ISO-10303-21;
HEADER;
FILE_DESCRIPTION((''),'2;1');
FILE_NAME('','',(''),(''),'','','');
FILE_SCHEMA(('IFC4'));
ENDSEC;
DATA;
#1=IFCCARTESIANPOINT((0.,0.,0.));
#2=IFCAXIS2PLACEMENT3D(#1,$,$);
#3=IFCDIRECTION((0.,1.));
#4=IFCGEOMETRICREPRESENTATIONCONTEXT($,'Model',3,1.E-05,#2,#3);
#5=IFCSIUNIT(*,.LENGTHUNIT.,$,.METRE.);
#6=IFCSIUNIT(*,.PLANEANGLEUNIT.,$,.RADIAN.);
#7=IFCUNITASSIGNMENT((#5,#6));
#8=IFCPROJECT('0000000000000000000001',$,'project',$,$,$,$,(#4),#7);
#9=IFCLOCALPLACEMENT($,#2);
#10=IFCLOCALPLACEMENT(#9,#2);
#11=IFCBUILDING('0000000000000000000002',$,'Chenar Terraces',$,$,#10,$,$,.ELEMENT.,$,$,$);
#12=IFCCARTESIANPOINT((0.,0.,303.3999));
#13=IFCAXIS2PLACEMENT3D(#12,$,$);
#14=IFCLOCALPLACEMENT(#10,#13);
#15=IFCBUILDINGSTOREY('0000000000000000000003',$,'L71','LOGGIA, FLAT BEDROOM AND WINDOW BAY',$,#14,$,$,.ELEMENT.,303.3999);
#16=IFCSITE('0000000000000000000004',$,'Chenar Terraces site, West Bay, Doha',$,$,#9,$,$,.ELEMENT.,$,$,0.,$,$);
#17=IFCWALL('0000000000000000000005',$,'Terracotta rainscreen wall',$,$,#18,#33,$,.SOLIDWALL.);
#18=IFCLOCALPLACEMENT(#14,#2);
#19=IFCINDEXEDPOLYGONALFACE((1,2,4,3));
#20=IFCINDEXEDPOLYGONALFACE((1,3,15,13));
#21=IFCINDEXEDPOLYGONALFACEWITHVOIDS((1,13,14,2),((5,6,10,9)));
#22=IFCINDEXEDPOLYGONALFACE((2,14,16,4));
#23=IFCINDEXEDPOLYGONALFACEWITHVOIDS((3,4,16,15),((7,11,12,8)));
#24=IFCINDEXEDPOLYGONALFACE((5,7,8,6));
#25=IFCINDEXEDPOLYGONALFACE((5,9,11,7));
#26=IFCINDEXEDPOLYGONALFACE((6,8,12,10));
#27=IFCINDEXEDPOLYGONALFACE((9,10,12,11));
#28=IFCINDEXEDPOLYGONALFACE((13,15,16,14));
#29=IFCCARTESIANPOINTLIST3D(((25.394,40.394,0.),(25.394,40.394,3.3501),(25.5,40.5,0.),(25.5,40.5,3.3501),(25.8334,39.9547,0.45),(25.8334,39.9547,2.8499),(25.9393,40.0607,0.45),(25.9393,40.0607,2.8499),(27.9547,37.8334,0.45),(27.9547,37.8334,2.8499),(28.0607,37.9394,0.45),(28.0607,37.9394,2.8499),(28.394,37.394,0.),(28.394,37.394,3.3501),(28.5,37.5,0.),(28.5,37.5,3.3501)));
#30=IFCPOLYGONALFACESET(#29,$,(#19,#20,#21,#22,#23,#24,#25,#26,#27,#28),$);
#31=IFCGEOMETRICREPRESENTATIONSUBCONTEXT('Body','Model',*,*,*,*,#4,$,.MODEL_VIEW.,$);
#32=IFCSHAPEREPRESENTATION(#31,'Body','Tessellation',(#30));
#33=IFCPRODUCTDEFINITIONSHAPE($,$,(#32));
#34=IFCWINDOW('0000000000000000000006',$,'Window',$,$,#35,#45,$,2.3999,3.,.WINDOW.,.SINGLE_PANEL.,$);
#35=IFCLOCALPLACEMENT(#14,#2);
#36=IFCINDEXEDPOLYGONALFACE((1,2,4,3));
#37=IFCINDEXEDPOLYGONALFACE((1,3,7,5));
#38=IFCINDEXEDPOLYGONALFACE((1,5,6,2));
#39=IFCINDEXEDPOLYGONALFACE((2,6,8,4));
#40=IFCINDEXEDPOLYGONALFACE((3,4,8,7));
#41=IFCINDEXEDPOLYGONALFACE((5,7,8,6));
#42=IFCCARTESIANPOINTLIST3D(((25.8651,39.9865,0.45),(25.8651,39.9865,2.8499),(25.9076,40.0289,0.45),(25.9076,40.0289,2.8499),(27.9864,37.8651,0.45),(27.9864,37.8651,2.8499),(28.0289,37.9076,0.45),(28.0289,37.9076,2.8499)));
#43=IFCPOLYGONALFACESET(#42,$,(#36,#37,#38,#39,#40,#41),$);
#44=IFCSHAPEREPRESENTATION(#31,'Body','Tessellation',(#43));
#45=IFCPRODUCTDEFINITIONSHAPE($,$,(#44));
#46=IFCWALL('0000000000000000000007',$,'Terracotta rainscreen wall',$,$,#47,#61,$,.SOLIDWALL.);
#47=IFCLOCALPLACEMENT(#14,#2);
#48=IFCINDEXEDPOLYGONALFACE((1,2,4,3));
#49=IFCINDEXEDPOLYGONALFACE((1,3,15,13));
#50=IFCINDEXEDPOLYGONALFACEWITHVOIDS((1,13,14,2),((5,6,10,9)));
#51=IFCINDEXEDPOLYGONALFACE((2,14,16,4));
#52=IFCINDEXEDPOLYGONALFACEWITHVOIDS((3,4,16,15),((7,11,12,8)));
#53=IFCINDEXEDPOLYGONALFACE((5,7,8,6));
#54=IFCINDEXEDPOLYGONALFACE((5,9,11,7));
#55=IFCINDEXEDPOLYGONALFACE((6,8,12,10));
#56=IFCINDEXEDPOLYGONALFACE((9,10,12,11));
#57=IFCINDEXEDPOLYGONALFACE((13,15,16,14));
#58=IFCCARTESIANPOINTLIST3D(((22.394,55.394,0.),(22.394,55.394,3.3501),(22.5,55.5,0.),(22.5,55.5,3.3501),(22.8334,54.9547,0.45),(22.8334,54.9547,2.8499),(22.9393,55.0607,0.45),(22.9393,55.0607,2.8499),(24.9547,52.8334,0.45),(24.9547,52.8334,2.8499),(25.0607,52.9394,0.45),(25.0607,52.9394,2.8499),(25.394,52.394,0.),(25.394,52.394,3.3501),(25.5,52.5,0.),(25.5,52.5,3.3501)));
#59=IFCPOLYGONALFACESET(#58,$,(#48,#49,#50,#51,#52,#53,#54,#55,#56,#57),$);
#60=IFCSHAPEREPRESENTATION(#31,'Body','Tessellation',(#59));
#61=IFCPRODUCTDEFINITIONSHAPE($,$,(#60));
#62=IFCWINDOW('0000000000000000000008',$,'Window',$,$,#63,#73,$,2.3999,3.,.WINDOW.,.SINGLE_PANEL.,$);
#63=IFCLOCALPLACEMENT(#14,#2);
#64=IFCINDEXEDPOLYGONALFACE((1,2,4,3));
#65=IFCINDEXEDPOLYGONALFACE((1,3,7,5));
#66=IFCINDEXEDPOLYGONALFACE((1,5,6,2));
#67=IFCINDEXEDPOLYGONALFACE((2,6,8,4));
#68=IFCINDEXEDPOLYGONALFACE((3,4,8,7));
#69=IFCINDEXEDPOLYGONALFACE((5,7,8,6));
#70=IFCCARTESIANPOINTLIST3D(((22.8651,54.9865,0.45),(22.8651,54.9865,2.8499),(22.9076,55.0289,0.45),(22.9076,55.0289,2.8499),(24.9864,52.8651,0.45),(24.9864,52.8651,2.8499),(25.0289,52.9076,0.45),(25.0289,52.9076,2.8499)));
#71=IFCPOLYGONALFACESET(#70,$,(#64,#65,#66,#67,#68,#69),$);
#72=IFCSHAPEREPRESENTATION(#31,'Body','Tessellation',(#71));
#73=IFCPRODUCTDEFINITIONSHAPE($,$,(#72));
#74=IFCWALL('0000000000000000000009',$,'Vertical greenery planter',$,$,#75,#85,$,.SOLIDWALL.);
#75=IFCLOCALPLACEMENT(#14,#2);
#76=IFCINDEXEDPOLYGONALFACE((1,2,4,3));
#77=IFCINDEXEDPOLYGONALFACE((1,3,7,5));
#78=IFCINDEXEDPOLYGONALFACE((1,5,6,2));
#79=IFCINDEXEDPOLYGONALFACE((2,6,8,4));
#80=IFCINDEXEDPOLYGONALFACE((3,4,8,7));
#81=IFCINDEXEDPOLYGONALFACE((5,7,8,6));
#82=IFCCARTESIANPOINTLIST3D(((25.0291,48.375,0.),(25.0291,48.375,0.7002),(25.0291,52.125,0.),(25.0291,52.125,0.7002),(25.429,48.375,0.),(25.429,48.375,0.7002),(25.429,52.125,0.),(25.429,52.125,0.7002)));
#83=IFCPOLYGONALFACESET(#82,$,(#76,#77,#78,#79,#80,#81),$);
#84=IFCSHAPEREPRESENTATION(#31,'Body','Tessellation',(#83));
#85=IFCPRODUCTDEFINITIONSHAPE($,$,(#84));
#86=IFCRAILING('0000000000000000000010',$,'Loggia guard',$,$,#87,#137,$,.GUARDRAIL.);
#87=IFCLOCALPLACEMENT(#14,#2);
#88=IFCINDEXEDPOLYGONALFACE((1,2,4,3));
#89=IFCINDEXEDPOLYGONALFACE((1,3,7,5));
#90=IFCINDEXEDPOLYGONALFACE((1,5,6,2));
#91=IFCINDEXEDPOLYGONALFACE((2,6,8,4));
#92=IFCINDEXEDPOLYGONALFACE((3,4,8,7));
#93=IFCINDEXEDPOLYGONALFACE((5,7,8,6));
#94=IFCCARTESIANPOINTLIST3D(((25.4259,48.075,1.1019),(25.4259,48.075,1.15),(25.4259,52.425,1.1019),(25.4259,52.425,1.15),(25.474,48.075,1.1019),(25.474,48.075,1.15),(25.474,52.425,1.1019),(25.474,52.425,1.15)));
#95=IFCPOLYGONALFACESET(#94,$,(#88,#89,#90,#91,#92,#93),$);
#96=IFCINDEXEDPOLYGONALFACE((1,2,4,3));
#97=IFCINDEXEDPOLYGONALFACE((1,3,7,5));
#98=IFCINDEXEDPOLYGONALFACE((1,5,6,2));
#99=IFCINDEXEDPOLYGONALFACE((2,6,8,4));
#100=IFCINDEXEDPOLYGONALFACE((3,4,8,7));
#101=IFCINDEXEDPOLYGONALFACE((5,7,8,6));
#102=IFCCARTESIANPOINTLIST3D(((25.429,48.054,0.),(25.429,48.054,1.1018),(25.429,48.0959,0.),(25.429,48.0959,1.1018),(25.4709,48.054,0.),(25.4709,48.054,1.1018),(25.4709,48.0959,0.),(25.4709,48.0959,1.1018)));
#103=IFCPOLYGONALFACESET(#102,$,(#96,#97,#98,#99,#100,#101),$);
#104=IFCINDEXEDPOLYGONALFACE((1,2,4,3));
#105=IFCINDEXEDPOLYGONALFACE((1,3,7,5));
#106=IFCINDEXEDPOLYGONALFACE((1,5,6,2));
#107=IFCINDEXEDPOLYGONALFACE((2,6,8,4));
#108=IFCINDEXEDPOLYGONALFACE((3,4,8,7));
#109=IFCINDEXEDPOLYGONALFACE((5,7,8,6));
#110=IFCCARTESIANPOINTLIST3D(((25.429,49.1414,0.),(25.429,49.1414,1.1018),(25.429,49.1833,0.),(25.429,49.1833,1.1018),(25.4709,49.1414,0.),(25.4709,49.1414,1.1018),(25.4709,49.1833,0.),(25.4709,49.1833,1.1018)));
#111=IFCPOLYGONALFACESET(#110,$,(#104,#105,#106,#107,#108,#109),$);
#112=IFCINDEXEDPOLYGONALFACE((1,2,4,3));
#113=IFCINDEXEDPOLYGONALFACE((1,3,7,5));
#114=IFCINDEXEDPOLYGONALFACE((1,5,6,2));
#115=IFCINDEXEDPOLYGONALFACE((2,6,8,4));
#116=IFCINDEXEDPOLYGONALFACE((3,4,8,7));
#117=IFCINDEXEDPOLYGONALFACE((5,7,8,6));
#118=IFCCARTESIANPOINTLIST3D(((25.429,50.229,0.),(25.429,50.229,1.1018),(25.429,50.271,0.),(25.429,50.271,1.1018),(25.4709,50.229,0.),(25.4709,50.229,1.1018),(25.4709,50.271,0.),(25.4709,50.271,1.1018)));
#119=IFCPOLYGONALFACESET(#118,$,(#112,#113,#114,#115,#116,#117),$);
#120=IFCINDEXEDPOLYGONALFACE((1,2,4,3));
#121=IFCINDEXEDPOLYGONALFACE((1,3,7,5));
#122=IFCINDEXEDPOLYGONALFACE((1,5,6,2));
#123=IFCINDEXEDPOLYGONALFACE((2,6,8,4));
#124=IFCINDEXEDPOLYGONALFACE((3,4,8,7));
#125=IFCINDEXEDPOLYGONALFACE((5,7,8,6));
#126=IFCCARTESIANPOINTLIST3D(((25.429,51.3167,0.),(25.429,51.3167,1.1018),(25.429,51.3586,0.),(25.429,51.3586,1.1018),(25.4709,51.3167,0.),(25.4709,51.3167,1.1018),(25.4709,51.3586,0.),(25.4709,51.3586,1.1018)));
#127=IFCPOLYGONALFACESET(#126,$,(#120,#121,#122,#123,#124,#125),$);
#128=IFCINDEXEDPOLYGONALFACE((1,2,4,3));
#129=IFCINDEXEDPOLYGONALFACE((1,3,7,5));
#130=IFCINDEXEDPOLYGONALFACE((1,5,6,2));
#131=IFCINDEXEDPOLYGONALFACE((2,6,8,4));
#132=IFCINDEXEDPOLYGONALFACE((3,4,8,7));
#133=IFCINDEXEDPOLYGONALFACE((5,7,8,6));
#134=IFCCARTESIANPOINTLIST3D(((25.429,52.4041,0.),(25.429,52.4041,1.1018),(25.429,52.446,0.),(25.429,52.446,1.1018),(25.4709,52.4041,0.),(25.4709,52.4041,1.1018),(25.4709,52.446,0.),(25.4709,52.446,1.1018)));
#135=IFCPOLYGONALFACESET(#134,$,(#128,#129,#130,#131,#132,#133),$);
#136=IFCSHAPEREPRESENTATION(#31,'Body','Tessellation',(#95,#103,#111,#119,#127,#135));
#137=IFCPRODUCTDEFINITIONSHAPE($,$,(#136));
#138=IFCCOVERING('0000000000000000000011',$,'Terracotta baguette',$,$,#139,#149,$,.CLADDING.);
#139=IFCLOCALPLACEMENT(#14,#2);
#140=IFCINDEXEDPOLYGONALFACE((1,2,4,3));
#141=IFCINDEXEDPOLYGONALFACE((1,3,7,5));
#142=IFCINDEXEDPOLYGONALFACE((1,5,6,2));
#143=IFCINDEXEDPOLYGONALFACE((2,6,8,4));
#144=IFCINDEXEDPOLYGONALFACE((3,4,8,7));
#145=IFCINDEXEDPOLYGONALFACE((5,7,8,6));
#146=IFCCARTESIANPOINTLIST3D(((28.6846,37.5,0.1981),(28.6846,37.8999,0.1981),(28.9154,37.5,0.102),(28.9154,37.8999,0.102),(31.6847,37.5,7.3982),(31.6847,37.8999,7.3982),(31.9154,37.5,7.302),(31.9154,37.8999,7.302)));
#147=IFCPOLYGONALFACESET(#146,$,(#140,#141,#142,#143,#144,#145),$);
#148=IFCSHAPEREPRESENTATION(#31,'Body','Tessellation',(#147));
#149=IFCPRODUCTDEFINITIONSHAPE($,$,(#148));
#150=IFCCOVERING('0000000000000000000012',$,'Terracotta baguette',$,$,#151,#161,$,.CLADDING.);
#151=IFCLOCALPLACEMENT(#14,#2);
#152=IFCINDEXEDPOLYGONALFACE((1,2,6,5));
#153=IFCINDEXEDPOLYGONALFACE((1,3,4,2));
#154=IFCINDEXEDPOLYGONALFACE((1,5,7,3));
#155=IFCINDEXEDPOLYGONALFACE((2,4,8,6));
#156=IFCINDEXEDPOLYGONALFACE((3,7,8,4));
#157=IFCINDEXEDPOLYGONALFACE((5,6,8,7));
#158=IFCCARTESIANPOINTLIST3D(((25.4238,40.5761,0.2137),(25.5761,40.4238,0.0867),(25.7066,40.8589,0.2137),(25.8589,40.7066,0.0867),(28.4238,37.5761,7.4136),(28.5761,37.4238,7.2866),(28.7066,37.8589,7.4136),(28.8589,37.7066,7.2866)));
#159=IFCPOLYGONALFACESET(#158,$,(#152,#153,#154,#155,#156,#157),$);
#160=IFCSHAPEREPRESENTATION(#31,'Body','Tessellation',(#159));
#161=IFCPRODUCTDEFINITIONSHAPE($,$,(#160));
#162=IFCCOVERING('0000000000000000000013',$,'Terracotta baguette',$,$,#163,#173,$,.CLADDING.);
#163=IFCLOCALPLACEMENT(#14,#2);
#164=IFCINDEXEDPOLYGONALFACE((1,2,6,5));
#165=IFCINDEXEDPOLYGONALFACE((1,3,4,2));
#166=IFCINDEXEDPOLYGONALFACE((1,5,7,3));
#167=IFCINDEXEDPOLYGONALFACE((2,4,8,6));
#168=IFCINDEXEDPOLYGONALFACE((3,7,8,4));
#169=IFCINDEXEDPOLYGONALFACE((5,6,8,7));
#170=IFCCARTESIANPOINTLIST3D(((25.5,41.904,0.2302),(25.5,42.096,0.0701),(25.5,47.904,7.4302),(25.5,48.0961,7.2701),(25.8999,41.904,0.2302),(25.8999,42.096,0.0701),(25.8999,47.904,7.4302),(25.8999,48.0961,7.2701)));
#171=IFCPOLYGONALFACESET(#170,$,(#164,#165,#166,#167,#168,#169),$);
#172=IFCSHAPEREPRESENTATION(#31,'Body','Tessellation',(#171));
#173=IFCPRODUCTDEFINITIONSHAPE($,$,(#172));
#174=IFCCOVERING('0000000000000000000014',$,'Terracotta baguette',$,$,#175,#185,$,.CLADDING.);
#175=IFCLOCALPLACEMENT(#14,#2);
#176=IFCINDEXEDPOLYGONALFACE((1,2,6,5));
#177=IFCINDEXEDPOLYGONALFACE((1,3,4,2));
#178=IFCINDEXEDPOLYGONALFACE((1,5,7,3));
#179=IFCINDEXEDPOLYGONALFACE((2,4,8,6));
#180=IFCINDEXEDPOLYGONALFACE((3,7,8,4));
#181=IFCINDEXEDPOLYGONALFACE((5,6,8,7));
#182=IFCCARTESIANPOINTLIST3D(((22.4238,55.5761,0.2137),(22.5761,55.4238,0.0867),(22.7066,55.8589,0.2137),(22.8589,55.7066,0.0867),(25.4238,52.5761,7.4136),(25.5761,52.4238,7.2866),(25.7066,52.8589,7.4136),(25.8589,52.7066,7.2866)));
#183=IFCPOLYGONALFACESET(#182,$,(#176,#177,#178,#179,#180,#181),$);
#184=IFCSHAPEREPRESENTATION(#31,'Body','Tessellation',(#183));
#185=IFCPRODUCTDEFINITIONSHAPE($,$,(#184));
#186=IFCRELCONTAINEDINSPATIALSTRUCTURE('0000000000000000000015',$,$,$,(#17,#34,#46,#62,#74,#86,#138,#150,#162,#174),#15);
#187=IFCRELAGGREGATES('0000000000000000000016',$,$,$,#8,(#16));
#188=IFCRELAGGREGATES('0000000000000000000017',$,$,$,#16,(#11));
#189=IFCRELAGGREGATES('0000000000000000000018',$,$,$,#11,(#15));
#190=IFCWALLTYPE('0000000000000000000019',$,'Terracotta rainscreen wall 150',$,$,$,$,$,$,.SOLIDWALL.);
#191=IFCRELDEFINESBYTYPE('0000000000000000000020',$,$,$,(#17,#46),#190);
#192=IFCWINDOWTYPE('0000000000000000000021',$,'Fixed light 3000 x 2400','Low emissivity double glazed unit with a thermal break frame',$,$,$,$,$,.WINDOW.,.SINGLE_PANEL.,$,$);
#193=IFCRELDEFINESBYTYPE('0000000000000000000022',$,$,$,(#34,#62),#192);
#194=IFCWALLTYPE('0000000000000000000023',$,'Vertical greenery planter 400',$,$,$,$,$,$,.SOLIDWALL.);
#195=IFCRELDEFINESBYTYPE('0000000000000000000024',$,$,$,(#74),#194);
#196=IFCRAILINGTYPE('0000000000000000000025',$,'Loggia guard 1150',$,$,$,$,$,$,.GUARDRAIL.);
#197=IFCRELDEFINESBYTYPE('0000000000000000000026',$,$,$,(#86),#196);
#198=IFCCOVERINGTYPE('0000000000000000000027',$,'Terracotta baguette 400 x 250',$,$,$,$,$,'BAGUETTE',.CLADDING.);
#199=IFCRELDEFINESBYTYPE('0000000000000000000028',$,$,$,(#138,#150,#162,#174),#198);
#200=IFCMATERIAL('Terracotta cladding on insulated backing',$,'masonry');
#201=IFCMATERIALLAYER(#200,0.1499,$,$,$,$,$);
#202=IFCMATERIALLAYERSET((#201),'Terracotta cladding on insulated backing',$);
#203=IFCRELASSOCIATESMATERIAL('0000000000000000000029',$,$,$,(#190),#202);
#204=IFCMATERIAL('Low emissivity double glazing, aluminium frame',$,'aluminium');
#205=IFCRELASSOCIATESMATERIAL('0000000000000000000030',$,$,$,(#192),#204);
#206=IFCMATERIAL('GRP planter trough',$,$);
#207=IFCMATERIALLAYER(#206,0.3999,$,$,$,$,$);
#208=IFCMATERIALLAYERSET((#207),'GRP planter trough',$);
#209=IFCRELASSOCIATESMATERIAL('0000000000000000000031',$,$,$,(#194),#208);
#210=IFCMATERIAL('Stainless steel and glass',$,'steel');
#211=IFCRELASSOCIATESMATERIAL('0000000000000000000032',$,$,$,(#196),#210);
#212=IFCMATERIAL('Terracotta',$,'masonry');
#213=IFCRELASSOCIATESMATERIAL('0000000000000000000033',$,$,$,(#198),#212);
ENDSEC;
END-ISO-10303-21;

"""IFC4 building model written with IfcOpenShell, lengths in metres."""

from ifc_helpers import new_model, si_unit, direction, frame, frame_2d, origin, origin_2d, place, context, subcontext, project, spatial, rectangle, extrude, material, layer, layer_set, material_profile, profile_set, type_object, element, fill, save


model = new_model("IFC4")

# Units and contexts
model_context = context("Model", 3, precision=1e-05, world=origin(), true_north=direction((0.0, 1.0)))
body_context = subcontext(model_context, "Body", "Model", "MODEL_VIEW")
ifc_project = project(units=[si_unit("LENGTHUNIT", "METRE"), si_unit("PLANEANGLEUNIT", "RADIAN")], contexts=[model_context])

# Site, building, storey
site_placement = place(None, origin())
site = spatial("IfcSite", under=ifc_project, at=site_placement, Name="Chenar Terraces site, West Bay, Doha", CompositionType="ELEMENT", RefElevation=0.0)
building_placement = place(site_placement, origin())
building = spatial("IfcBuilding", under=site, at=building_placement, Name="Chenar Terraces", CompositionType="ELEMENT")
storey_placement = place(building_placement, frame((0.0, 0.0, 303.3999)))
storey = spatial("IfcBuildingStorey", under=building, at=storey_placement, Name="L71", Description="LOGGIA, FLAT BEDROOM AND WINDOW BAY", CompositionType="ELEMENT", Elevation=303.3999)

# Walls, openings, windows
ifc_material_1 = material(Name="Terracotta cladding on insulated backing", Category="masonry")
ifc_layer_1 = layer(ifc_material_1, 0.1499)
ifc_layer_set_1 = layer_set([ifc_layer_1], Name="Terracotta cladding on insulated backing")
wall_type_1 = type_object("IfcWallType", Name="Terracotta rainscreen wall 150", PredefinedType="SOLIDWALL", material=ifc_layer_set_1)
wall_1_placement = place(storey_placement, frame((28.447, 37.447, 0.0), z_axis=(0.0, 0.0, 1.0), x_axis=(-0.707107, 0.707107, 0.0)))
wall_1 = element("IfcWall", 1, at=wall_1_placement, inside=storey, type_object=wall_type_1, Name="Terracotta rainscreen wall", PredefinedType="SOLIDWALL", context=body_context, shape_type="SweptSolid", body=[
    extrude(rectangle(XDim=4.2427, YDim=0.1499, at=frame_2d((2.1213, 0.0))), origin(), (0.0, 0.0, 1.0), 3.3501),
])
opening_1_placement = place(wall_1_placement, frame((0.6213, 0.0, 0.45)))
opening_1 = element("IfcOpeningElement", 2, at=opening_1_placement, cuts=wall_1, PredefinedType="OPENING", context=body_context, shape_type="SweptSolid", body=[
    extrude(rectangle(XDim=3.0, YDim=2.3999, at=frame_2d((1.5, 1.2))), frame((0.0, 0.085, 0.0), z_axis=(0.0, -1.0, 0.0), x_axis=(1.0, 0.0, 0.0)), (0.0, 0.0, 1.0), 0.1699),
])
ifc_material_2 = material(Name="Low emissivity double glazing, aluminium frame", Category="aluminium")
window_type_1 = type_object("IfcWindowType", Name="Fixed light 3000 x 2400", Description="Low emissivity double glazed unit with a thermal break frame", PartitioningType="SINGLE_PANEL", PredefinedType="WINDOW", material=ifc_material_2)
window_1_placement = place(opening_1_placement, origin())
window_1 = element("IfcWindow", 3, at=window_1_placement, inside=storey, type_object=window_type_1, Name="Window", OverallHeight=2.3999, OverallWidth=3.0, PartitioningType="SINGLE_PANEL", PredefinedType="WINDOW", context=body_context, shape_type="SweptSolid", body=[
    extrude(rectangle(XDim=3.0, YDim=2.3999, at=frame_2d((1.5, 1.2))), frame((0.0, 0.03, 0.0), z_axis=(0.0, -1.0, 0.0), x_axis=(1.0, 0.0, 0.0)), (0.0, 0.0, 1.0), 0.0601),
])
fill(opening_1, window_1)
wall_2_placement = place(storey_placement, frame((25.447, 52.447, 0.0), z_axis=(0.0, 0.0, 1.0), x_axis=(-0.707107, 0.707107, 0.0)))
wall_2 = element("IfcWall", 4, at=wall_2_placement, inside=storey, type_object=wall_type_1, Name="Terracotta rainscreen wall", PredefinedType="SOLIDWALL", context=body_context, shape_type="SweptSolid", body=[
    extrude(rectangle(XDim=4.2427, YDim=0.1499, at=frame_2d((2.1213, 0.0))), origin(), (0.0, 0.0, 1.0), 3.3501),
])
opening_2_placement = place(wall_2_placement, frame((0.6213, 0.0, 0.45)))
opening_2 = element("IfcOpeningElement", 5, at=opening_2_placement, cuts=wall_2, PredefinedType="OPENING", context=body_context, shape_type="SweptSolid", body=[
    extrude(rectangle(XDim=3.0, YDim=2.3999, at=frame_2d((1.5, 1.2))), frame((0.0, 0.085, 0.0), z_axis=(0.0, -1.0, 0.0), x_axis=(1.0, 0.0, 0.0)), (0.0, 0.0, 1.0), 0.1699),
])
window_2_placement = place(opening_2_placement, origin())
window_2 = element("IfcWindow", 6, at=window_2_placement, inside=storey, type_object=window_type_1, Name="Window", OverallHeight=2.3999, OverallWidth=3.0, PartitioningType="SINGLE_PANEL", PredefinedType="WINDOW", context=body_context, shape_type="SweptSolid", body=[
    extrude(rectangle(XDim=3.0, YDim=2.3999, at=frame_2d((1.5, 1.2))), frame((0.0, 0.03, 0.0), z_axis=(0.0, -1.0, 0.0), x_axis=(1.0, 0.0, 0.0)), (0.0, 0.0, 1.0), 0.0601),
])
fill(opening_2, window_2)

# Wall
ifc_material_3 = material(Name="GRP planter trough")
ifc_layer_2 = layer(ifc_material_3, 0.3999)
ifc_layer_set_2 = layer_set([ifc_layer_2], Name="GRP planter trough")
wall_type_2 = type_object("IfcWallType", Name="Vertical greenery planter 400", PredefinedType="SOLIDWALL", material=ifc_layer_set_2)
wall_3_placement = place(storey_placement, frame((25.229, 48.375, 0.0), z_axis=(0.0, 0.0, 1.0), x_axis=(0.0, 1.0, 0.0)))
element("IfcWall", 7, at=wall_3_placement, inside=storey, type_object=wall_type_2, Name="Vertical greenery planter", PredefinedType="SOLIDWALL", context=body_context, shape_type="SweptSolid", body=[
    extrude(rectangle(XDim=3.75, YDim=0.3999, at=frame_2d((1.875, 0.0))), origin(), (0.0, 0.0, 1.0), 0.7002),
])

# Railing
ifc_material_4 = material(Name="Stainless steel and glass", Category="steel")
railing_type = type_object("IfcRailingType", Name="Loggia guard 1150", PredefinedType="GUARDRAIL", material=ifc_material_4)
railing_placement = place(storey_placement, frame((25.45, 48.075, 0.0)))
element("IfcRailing", 8, at=railing_placement, inside=storey, type_object=railing_type, Name="Loggia guard", PredefinedType="GUARDRAIL", context=body_context, shape_type="SweptSolid", body=[
    extrude(rectangle(XDim=0.0481, YDim=0.0481, at=origin_2d()), frame((0.0, 0.0, 1.126), z_axis=(0.0, 1.0, 0.0), x_axis=(-1.0, 0.0, 0.0)), (0.0, 0.0, 1.0), 4.3501),
    extrude(rectangle(XDim=0.042, YDim=0.042, at=origin_2d()), origin(), (0.0, 0.0, 1.0), 1.1018),
    extrude(rectangle(XDim=0.042, YDim=0.042, at=origin_2d()), frame((0.0, 1.0874, 0.0)), (0.0, 0.0, 1.0), 1.1018),
    extrude(rectangle(XDim=0.042, YDim=0.042, at=origin_2d()), frame((0.0, 2.175, 0.0)), (0.0, 0.0, 1.0), 1.1018),
    extrude(rectangle(XDim=0.042, YDim=0.042, at=origin_2d()), frame((0.0, 3.2627, 0.0)), (0.0, 0.0, 1.0), 1.1018),
    extrude(rectangle(XDim=0.042, YDim=0.042, at=origin_2d()), frame((0.0, 4.3501, 0.0)), (0.0, 0.0, 1.0), 1.1018),
])

# Coverings
ifc_material_5 = material(Name="Terracotta", Category="masonry")
ifc_material_profile_1 = material_profile(ifc_material_5, rectangle(XDim=0.3999, YDim=0.25, at=origin_2d()), Name="Terracotta baguette 400 x 250")
ifc_profile_set_1 = profile_set([ifc_material_profile_1], Name="Terracotta")
covering_type = type_object("IfcCoveringType", Name="Terracotta baguette 400 x 250", ElementType="BAGUETTE", PredefinedType="CLADDING", material=ifc_profile_set_1)
covering_1_placement = place(storey_placement, frame((31.8, 37.7, 7.3501), z_axis=(-0.384618, 0.0, -0.923076), x_axis=(0.0, -1.0, 0.0)))
element("IfcCovering", 9, at=covering_1_placement, inside=storey, type_object=covering_type, Name="Terracotta baguette", PredefinedType="CLADDING", context=body_context, shape_type="SweptSolid", body=[
    extrude(rectangle(XDim=0.3999, YDim=0.25, at=origin_2d()), origin(), (0.0, 0.0, 1.0), 7.8),
])
covering_2_placement = place(storey_placement, frame((28.6414, 37.6414, 7.3501), z_axis=(-0.358981, 0.358981, -0.861548), x_axis=(-0.707107, -0.707107, 0.0)))
element("IfcCovering", 10, at=covering_2_placement, inside=storey, type_object=covering_type, Name="Terracotta baguette", PredefinedType="CLADDING", context=body_context, shape_type="SweptSolid", body=[
    extrude(rectangle(XDim=0.3999, YDim=0.25, at=origin_2d()), origin(), (0.0, 0.0, 1.0), 8.3569),
])
covering_3_placement = place(storey_placement, frame((25.7, 42.0, 0.1501), z_axis=(0.0, 0.640187, 0.768219), x_axis=(-1.0, 0.0, 0.0)))
element("IfcCovering", 11, at=covering_3_placement, inside=storey, type_object=covering_type, Name="Terracotta baguette", PredefinedType="CLADDING", context=body_context, shape_type="SweptSolid", body=[
    extrude(rectangle(XDim=0.3999, YDim=0.25, at=origin_2d()), origin(), (0.0, 0.0, 1.0), 9.3723),
])
covering_4_placement = place(storey_placement, frame((25.6414, 52.6414, 7.3501), z_axis=(-0.358981, 0.358981, -0.861548), x_axis=(-0.707107, -0.707107, 0.0)))
element("IfcCovering", 12, at=covering_4_placement, inside=storey, type_object=covering_type, Name="Terracotta baguette", PredefinedType="CLADDING", context=body_context, shape_type="SweptSolid", body=[
    extrude(rectangle(XDim=0.3999, YDim=0.25, at=origin_2d()), origin(), (0.0, 0.0, 1.0), 8.3569),
])

save(model, "model.ifc")
